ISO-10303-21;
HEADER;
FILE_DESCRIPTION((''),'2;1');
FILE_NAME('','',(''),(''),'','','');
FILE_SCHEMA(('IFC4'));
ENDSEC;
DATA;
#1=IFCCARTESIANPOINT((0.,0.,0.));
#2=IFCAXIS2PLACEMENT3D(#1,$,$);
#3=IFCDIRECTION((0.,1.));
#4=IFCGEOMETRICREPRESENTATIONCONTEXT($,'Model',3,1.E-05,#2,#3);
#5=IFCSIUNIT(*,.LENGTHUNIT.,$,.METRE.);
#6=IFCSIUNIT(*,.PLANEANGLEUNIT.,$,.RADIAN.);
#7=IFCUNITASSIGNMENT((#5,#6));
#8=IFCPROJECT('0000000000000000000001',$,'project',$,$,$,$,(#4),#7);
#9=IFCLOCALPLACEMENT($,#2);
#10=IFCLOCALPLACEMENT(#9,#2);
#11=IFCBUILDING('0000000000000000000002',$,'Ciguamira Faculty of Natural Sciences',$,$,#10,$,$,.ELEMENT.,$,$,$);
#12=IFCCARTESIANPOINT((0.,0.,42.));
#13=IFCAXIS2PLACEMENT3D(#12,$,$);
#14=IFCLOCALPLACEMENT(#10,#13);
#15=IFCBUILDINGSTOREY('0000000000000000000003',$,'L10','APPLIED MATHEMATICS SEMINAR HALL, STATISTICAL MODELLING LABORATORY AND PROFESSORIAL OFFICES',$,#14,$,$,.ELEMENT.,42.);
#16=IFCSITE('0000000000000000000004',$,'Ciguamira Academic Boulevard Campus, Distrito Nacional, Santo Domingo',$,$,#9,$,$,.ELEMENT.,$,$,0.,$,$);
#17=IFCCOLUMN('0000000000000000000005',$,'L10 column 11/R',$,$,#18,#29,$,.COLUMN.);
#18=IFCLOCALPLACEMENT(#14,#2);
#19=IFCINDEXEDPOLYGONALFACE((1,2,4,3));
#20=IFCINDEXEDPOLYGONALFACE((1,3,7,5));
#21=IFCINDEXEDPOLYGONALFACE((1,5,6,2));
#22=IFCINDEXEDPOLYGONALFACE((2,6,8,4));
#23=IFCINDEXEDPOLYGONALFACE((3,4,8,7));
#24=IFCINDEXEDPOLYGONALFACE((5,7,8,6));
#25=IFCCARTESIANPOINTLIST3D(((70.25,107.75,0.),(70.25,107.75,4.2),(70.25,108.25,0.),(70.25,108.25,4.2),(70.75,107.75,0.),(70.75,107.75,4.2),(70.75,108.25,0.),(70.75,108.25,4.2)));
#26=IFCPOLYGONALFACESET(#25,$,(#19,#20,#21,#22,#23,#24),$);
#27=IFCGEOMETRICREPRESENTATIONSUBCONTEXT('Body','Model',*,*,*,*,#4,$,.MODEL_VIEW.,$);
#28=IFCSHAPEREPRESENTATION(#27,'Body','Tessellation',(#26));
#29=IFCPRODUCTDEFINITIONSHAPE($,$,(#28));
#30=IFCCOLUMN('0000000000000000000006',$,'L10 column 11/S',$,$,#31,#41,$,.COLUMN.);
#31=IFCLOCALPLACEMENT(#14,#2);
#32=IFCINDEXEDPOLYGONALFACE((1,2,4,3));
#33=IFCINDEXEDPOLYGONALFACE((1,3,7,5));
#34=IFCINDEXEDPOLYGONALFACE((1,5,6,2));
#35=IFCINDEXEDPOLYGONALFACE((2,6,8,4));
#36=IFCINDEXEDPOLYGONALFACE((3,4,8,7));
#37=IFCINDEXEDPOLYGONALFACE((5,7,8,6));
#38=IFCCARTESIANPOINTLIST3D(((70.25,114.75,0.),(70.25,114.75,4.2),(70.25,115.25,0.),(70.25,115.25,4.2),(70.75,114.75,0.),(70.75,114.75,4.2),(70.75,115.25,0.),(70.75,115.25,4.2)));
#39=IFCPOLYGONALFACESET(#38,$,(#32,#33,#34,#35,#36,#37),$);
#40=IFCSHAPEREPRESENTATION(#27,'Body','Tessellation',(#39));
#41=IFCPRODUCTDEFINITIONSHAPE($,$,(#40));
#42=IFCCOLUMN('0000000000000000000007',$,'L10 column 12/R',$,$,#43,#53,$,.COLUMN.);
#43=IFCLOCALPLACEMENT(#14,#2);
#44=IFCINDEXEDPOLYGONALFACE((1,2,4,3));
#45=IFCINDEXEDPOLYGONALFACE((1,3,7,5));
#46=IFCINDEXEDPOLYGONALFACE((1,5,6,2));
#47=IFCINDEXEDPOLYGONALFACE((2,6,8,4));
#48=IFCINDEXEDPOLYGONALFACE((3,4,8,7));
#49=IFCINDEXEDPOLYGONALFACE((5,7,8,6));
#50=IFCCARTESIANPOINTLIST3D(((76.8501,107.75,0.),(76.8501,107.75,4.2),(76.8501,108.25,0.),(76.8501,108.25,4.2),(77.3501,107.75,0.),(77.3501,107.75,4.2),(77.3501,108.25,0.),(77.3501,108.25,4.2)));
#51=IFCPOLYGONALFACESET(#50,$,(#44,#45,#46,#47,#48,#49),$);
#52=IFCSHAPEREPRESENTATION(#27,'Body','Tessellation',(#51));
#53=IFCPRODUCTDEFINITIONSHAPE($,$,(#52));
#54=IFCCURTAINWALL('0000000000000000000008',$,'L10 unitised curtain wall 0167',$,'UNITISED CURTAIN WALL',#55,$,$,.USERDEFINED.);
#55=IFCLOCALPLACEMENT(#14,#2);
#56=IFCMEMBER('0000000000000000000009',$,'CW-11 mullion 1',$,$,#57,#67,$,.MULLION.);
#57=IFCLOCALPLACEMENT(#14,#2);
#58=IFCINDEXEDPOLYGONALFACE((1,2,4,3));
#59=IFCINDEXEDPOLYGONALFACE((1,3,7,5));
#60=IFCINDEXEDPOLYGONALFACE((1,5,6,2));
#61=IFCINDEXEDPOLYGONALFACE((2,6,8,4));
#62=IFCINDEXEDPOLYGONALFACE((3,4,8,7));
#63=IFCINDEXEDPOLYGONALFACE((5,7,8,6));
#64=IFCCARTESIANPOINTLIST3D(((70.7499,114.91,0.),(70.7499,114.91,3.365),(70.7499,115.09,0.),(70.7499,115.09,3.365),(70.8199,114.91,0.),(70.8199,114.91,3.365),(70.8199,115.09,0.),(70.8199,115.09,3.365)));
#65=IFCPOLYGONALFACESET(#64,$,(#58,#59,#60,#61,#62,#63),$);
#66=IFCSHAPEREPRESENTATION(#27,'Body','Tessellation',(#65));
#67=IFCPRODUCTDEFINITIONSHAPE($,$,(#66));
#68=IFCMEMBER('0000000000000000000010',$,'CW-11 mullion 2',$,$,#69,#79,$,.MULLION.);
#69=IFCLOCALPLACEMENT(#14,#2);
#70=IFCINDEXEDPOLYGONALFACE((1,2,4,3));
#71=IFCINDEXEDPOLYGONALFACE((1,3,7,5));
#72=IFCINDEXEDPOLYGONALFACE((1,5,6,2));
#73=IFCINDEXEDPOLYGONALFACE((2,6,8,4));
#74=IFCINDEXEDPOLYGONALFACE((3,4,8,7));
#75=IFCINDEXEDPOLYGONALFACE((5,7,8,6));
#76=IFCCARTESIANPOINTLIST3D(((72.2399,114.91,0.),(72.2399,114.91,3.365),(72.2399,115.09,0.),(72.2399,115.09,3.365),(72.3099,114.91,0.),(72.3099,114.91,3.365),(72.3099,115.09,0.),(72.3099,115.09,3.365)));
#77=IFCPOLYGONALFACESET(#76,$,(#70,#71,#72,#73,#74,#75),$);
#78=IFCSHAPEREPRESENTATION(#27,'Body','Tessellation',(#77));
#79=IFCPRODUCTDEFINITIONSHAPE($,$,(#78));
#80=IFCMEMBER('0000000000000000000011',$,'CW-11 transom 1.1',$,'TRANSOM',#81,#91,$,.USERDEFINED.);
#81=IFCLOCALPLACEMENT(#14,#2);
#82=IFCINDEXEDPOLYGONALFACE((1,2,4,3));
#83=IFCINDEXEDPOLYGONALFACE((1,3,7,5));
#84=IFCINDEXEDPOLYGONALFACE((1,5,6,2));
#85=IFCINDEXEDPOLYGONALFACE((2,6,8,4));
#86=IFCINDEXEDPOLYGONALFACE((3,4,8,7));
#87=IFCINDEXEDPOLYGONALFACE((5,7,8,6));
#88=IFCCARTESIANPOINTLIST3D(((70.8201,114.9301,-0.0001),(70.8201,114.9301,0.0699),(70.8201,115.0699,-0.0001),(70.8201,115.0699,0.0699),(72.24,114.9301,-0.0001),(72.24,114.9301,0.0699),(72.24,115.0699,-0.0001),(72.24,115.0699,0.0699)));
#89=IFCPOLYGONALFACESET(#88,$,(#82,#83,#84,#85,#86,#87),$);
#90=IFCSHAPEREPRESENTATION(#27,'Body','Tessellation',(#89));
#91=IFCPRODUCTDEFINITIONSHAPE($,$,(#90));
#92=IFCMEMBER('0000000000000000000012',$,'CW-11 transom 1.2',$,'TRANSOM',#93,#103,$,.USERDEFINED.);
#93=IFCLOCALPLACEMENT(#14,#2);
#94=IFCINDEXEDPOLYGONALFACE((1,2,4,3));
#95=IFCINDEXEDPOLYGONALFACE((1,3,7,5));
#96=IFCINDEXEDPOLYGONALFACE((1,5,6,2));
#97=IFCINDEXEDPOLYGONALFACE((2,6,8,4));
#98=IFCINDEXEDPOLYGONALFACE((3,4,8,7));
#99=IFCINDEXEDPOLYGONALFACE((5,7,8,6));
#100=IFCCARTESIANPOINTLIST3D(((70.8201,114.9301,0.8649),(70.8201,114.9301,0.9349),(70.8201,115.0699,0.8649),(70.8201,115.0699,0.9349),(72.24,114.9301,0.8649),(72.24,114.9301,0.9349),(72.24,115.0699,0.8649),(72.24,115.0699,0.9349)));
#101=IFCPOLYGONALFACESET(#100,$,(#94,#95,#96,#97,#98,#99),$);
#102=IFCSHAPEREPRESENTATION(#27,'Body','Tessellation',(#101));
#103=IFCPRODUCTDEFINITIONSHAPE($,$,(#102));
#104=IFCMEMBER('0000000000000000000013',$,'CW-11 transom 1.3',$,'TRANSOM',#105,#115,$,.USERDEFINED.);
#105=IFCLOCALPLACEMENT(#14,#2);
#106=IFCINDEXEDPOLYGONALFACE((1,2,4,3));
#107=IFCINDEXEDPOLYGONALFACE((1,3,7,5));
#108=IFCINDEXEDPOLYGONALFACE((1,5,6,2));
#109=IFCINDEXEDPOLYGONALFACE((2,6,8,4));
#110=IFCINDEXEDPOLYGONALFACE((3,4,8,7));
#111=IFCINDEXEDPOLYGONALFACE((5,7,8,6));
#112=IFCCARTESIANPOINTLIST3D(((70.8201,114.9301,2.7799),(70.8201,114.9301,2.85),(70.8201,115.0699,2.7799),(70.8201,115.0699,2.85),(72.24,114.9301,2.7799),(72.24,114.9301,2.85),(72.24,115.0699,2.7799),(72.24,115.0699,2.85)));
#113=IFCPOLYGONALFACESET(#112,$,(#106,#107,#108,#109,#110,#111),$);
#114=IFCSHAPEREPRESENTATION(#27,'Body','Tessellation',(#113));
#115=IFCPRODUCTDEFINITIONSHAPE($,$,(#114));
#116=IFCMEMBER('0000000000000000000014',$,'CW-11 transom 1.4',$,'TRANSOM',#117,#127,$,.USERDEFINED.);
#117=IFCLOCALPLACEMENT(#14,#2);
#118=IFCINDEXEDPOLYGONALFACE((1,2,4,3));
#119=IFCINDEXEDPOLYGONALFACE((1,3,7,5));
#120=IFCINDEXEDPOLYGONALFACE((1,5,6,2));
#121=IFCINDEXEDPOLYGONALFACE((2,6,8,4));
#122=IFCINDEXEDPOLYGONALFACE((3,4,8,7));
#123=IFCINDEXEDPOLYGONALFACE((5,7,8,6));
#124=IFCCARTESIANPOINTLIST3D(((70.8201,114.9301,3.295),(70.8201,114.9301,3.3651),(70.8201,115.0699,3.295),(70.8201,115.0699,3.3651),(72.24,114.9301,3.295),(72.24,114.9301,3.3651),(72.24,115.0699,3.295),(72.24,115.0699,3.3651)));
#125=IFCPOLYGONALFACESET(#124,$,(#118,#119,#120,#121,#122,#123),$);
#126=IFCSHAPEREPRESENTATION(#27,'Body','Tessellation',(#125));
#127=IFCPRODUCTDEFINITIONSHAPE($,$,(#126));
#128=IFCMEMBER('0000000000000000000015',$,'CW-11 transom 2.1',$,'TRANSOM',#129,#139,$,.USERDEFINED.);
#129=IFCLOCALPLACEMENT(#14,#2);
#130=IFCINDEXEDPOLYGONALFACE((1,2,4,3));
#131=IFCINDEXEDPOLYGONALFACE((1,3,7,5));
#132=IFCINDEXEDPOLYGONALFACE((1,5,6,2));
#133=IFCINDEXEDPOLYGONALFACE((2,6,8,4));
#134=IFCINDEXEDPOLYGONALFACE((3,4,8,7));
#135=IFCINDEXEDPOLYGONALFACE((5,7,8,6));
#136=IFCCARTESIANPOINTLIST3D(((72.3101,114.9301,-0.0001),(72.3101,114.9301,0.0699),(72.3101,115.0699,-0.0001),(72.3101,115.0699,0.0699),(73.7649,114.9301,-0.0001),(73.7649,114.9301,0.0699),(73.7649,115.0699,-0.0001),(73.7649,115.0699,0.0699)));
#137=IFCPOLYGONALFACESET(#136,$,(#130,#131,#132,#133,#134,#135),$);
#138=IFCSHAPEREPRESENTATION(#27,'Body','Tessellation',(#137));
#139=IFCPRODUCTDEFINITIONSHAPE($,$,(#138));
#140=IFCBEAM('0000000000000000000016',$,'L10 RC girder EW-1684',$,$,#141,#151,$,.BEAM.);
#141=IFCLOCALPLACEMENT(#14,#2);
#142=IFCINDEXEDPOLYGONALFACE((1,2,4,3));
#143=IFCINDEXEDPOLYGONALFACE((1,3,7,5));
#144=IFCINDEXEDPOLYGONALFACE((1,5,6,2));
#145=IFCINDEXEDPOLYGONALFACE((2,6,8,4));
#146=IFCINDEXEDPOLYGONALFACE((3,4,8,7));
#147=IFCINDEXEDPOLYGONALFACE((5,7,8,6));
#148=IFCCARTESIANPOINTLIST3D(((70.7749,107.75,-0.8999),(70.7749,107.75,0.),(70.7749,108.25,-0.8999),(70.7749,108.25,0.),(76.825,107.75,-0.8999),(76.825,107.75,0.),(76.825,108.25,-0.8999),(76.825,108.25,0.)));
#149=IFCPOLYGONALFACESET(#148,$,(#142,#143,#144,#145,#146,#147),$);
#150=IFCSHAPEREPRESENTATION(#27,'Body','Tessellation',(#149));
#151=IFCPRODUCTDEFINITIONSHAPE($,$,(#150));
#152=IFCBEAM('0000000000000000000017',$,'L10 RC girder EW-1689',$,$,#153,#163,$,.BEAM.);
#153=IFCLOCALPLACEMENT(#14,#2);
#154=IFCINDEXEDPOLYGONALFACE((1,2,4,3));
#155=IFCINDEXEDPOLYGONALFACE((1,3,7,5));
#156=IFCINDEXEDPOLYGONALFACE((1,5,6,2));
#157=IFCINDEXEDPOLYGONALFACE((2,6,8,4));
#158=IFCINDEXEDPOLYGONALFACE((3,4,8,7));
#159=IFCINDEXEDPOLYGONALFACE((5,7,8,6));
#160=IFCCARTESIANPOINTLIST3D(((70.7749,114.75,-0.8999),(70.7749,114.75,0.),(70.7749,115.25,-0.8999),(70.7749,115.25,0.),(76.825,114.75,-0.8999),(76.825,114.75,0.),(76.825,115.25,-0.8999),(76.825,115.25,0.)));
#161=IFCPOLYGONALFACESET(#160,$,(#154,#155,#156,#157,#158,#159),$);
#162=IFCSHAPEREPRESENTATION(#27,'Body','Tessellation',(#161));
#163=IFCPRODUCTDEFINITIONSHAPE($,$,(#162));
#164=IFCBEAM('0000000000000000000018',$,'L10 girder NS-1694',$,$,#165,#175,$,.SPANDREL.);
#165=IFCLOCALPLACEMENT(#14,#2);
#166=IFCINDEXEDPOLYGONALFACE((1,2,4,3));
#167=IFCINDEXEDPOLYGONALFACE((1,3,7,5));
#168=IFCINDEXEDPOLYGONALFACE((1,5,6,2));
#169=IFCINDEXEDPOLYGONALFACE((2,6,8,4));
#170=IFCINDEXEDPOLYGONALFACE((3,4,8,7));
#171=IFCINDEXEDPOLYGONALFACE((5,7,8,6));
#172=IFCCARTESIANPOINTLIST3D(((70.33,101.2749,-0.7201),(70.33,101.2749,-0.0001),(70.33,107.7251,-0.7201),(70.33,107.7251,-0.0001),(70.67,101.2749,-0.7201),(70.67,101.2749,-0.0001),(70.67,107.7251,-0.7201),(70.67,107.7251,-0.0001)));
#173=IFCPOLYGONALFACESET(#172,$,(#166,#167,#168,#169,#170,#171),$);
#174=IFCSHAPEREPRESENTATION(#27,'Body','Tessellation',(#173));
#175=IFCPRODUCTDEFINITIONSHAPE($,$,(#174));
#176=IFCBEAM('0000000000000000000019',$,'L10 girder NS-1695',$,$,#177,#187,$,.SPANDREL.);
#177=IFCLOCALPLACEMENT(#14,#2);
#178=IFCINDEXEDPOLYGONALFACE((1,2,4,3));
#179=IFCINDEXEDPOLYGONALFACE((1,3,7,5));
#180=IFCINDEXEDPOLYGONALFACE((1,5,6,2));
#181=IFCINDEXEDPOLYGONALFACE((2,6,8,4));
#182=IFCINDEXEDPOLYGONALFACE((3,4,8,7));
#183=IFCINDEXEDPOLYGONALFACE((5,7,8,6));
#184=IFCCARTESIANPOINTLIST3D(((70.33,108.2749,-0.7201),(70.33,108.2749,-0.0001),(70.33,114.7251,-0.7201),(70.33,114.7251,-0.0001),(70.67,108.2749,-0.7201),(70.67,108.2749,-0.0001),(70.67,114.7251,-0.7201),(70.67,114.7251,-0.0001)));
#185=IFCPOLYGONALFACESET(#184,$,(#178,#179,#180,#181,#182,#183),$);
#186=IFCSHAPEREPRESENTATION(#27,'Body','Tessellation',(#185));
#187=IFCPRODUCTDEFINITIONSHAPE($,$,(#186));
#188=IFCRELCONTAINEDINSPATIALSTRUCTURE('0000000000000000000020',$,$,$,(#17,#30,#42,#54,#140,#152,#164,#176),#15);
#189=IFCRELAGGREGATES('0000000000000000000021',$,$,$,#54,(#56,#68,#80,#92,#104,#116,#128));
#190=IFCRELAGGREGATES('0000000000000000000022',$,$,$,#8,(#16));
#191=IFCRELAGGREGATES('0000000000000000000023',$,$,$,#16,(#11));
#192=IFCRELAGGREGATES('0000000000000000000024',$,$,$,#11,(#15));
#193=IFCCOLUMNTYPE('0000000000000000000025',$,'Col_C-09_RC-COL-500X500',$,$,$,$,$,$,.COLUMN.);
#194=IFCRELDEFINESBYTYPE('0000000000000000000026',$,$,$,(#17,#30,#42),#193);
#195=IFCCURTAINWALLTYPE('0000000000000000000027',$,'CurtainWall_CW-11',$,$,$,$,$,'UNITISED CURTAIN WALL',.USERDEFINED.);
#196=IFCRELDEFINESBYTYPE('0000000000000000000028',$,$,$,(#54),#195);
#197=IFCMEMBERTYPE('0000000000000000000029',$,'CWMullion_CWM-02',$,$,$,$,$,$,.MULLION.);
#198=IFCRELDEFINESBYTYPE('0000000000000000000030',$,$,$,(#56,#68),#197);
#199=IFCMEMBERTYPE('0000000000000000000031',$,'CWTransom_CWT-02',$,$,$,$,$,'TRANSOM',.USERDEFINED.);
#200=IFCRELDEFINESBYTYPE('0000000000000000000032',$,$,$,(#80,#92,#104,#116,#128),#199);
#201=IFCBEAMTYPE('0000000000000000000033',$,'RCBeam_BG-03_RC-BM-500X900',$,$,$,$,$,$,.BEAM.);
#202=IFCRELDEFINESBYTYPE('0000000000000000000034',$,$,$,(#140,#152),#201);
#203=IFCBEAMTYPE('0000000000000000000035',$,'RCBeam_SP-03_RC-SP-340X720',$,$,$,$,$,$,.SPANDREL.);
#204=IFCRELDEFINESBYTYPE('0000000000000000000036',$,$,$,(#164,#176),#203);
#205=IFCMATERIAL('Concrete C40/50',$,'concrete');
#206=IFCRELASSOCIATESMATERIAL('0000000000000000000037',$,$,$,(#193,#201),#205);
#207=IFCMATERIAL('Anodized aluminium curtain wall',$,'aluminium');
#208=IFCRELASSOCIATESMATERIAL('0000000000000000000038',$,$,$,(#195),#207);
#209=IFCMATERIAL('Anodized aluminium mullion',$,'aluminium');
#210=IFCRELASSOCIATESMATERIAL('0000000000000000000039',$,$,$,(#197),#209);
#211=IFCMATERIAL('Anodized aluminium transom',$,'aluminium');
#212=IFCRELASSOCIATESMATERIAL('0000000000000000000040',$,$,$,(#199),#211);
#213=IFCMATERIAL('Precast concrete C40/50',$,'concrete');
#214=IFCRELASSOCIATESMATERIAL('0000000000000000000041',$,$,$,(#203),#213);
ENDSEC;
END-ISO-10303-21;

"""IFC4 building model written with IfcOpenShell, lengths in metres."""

from ifc_helpers import new_model, si_unit, direction, frame, origin, origin_2d, place, context, subcontext, project, spatial, rectangle, extrude, material, material_profile, profile_set, type_object, element, aggregate, save


model = new_model("IFC4")

# Units and contexts
model_context = context("Model", 3, precision=1e-05, world=origin(), true_north=direction((0.0, 1.0)))
body_context = subcontext(model_context, "Body", "Model", "MODEL_VIEW")
ifc_project = project(units=[si_unit("LENGTHUNIT", "METRE"), si_unit("PLANEANGLEUNIT", "RADIAN")], contexts=[model_context])

# Site, building, storey
site_placement = place(None, origin())
site = spatial("IfcSite", under=ifc_project, at=site_placement, Name="Ciguamira Academic Boulevard Campus, Distrito Nacional, Santo Domingo", CompositionType="ELEMENT", RefElevation=0.0)
building_placement = place(site_placement, origin())
building = spatial("IfcBuilding", under=site, at=building_placement, Name="Ciguamira Faculty of Natural Sciences", CompositionType="ELEMENT")
storey_placement = place(building_placement, frame((0.0, 0.0, 42.0)))
storey = spatial("IfcBuildingStorey", under=building, at=storey_placement, Name="L10", Description="APPLIED MATHEMATICS SEMINAR HALL, STATISTICAL MODELLING LABORATORY AND PROFESSORIAL OFFICES", CompositionType="ELEMENT", Elevation=42.0)

# Columns
ifc_material_1 = material(Name="Concrete C40/50", Category="concrete")
ifc_material_profile_1 = material_profile(ifc_material_1, rectangle(XDim=0.5, YDim=0.5, at=origin_2d()), Name="RC-COL-500X500")
ifc_profile_set_1 = profile_set([ifc_material_profile_1], Name="Concrete C40/50")
column_type = type_object("IfcColumnType", Name="Col_C-09_RC-COL-500X500", PredefinedType="COLUMN", material=ifc_profile_set_1)
for number, where, z_axis, x_axis, name in (
    (1, (70.5, 108.0, 0.0), (0.0, 0.0, 1.0), (1.0, 0.0, 0.0), "L10 column 11/R"),
    (2, (70.5, 115.0, 0.0), (0.0, 0.0, 1.0), (1.0, 0.0, 0.0), "L10 column 11/S"),
    (3, (77.1001, 108.0, 0.0), (0.0, 0.0, 1.0), (1.0, 0.0, 0.0), "L10 column 12/R"),
):
    element("IfcColumn", number, at=place(storey_placement, frame(where, z_axis=z_axis, x_axis=x_axis)), inside=storey, type_object=column_type, Name=name, PredefinedType="COLUMN", context=body_context, shape_type="SweptSolid", body=[
        extrude(rectangle(XDim=0.5, YDim=0.5, at=origin_2d()), origin(), (0.0, 0.0, 1.0), 4.2),
    ])

# Curtain wall, members
ifc_material_2 = material(Name="Anodized aluminium curtain wall", Category="aluminium")
curtain_wall_type = type_object("IfcCurtainWallType", Name="CurtainWall_CW-11", ElementType="UNITISED CURTAIN WALL", PredefinedType="USERDEFINED", material=ifc_material_2)
curtain_wall_placement = place(storey_placement, origin())
curtain_wall = element("IfcCurtainWall", 4, at=curtain_wall_placement, inside=storey, type_object=curtain_wall_type, Name="L10 unitised curtain wall 0167", ObjectType="UNITISED CURTAIN WALL", PredefinedType="USERDEFINED")
ifc_material_3 = material(Name="Anodized aluminium mullion", Category="aluminium")
ifc_material_profile_2 = material_profile(ifc_material_3, rectangle(XDim=0.0701, YDim=0.1799, at=origin_2d()), Name="ALU-MUL-70X180")
ifc_profile_set_2 = profile_set([ifc_material_profile_2], Name="Anodized aluminium mullion")
member_type_1 = type_object("IfcMemberType", Name="CWMullion_CWM-02", PredefinedType="MULLION", material=ifc_profile_set_2)
member_1_placement = place(storey_placement, frame((70.7849, 115.0, 0.0), z_axis=(0.0, 0.0, 1.0), x_axis=(1.0, 0.0, 0.0)))
member_1 = element("IfcMember", 5, at=member_1_placement, type_object=member_type_1, Name="CW-11 mullion 1", PredefinedType="MULLION", context=body_context, shape_type="SweptSolid", body=[
    extrude(rectangle(XDim=0.0701, YDim=0.1799, at=origin_2d()), origin(), (0.0, 0.0, 1.0), 3.365),
])
member_2_placement = place(storey_placement, frame((72.2749, 115.0, 0.0), z_axis=(0.0, 0.0, 1.0), x_axis=(1.0, 0.0, 0.0)))
member_2 = element("IfcMember", 6, at=member_2_placement, type_object=member_type_1, Name="CW-11 mullion 2", PredefinedType="MULLION", context=body_context, shape_type="SweptSolid", body=[
    extrude(rectangle(XDim=0.0701, YDim=0.1799, at=origin_2d()), origin(), (0.0, 0.0, 1.0), 3.365),
])
ifc_material_4 = material(Name="Anodized aluminium transom", Category="aluminium")
ifc_material_profile_3 = material_profile(ifc_material_4, rectangle(XDim=0.0701, YDim=0.1399, at=origin_2d()), Name="ALU-TRN-70X140")
ifc_profile_set_3 = profile_set([ifc_material_profile_3], Name="Anodized aluminium transom")
member_type_2 = type_object("IfcMemberType", Name="CWTransom_CWT-02", ElementType="TRANSOM", PredefinedType="USERDEFINED", material=ifc_profile_set_3)
member_3_placement = place(storey_placement, frame((70.8201, 115.0, 0.0349), z_axis=(1.0, 0.0, 0.0), x_axis=(0.0, 0.0, 1.0)))
member_3 = element("IfcMember", 7, at=member_3_placement, type_object=member_type_2, Name="CW-11 transom 1.1", ObjectType="TRANSOM", PredefinedType="USERDEFINED", context=body_context, shape_type="SweptSolid", body=[
    extrude(rectangle(XDim=0.0701, YDim=0.1399, at=origin_2d()), origin(), (0.0, 0.0, 1.0), 1.4199),
])
member_4_placement = place(storey_placement, frame((70.8201, 115.0, 0.8999), z_axis=(1.0, 0.0, 0.0), x_axis=(0.0, 0.0, 1.0)))
member_4 = element("IfcMember", 8, at=member_4_placement, type_object=member_type_2, Name="CW-11 transom 1.2", ObjectType="TRANSOM", PredefinedType="USERDEFINED", context=body_context, shape_type="SweptSolid", body=[
    extrude(rectangle(XDim=0.0701, YDim=0.1399, at=origin_2d()), origin(), (0.0, 0.0, 1.0), 1.4199),
])
member_5_placement = place(storey_placement, frame((70.8201, 115.0, 2.8149), z_axis=(1.0, 0.0, 0.0), x_axis=(0.0, 0.0, 1.0)))
member_5 = element("IfcMember", 9, at=member_5_placement, type_object=member_type_2, Name="CW-11 transom 1.3", ObjectType="TRANSOM", PredefinedType="USERDEFINED", context=body_context, shape_type="SweptSolid", body=[
    extrude(rectangle(XDim=0.0701, YDim=0.1399, at=origin_2d()), origin(), (0.0, 0.0, 1.0), 1.4199),
])
member_6_placement = place(storey_placement, frame((70.8201, 115.0, 3.3301), z_axis=(1.0, 0.0, 0.0), x_axis=(0.0, 0.0, 1.0)))
member_6 = element("IfcMember", 10, at=member_6_placement, type_object=member_type_2, Name="CW-11 transom 1.4", ObjectType="TRANSOM", PredefinedType="USERDEFINED", context=body_context, shape_type="SweptSolid", body=[
    extrude(rectangle(XDim=0.0701, YDim=0.1399, at=origin_2d()), origin(), (0.0, 0.0, 1.0), 1.4199),
])
member_7_placement = place(storey_placement, frame((72.3101, 115.0, 0.0349), z_axis=(1.0, 0.0, 0.0), x_axis=(0.0, 0.0, 1.0)))
member_7 = element("IfcMember", 11, at=member_7_placement, type_object=member_type_2, Name="CW-11 transom 2.1", ObjectType="TRANSOM", PredefinedType="USERDEFINED", context=body_context, shape_type="SweptSolid", body=[
    extrude(rectangle(XDim=0.0701, YDim=0.1399, at=origin_2d()), origin(), (0.0, 0.0, 1.0), 1.4548),
])

# Beams
ifc_material_profile_4 = material_profile(ifc_material_1, rectangle(XDim=0.5, YDim=0.8999, at=origin_2d()), Name="RC-BM-500X900")
ifc_profile_set_4 = profile_set([ifc_material_profile_4], Name="Concrete C40/50")
beam_type_1 = type_object("IfcBeamType", Name="RCBeam_BG-03_RC-BM-500X900", PredefinedType="BEAM", material=ifc_profile_set_4)
for number, where, z_axis, x_axis, name in (
    (12, (70.7749, 108.0, -0.45), (1.0, 0.0, 0.0), (0.0, 1.0, 0.0), "L10 RC girder EW-1684"),
    (13, (70.7749, 115.0, -0.45), (1.0, 0.0, 0.0), (0.0, 1.0, 0.0), "L10 RC girder EW-1689"),
):
    element("IfcBeam", number, at=place(storey_placement, frame(where, z_axis=z_axis, x_axis=x_axis)), inside=storey, type_object=beam_type_1, Name=name, PredefinedType="BEAM", context=body_context, shape_type="SweptSolid", body=[
        extrude(rectangle(XDim=0.5, YDim=0.8999, at=origin_2d()), origin(), (0.0, 0.0, 1.0), 6.05),
    ])
ifc_material_5 = material(Name="Precast concrete C40/50", Category="concrete")
ifc_material_profile_5 = material_profile(ifc_material_5, rectangle(XDim=0.3401, YDim=0.72, at=origin_2d()), Name="RC-SP-340X720")
ifc_profile_set_5 = profile_set([ifc_material_profile_5], Name="Precast concrete C40/50")
beam_type_2 = type_object("IfcBeamType", Name="RCBeam_SP-03_RC-SP-340X720", PredefinedType="SPANDREL", material=ifc_profile_set_5)
for number, where, z_axis, x_axis, name in (
    (14, (70.5, 101.2749, -0.3601), (0.0, 1.0, 0.0), (-1.0, 0.0, 0.0), "L10 girder NS-1694"),
    (15, (70.5, 108.2749, -0.3601), (0.0, 1.0, 0.0), (-1.0, 0.0, 0.0), "L10 girder NS-1695"),
):
    element("IfcBeam", number, at=place(storey_placement, frame(where, z_axis=z_axis, x_axis=x_axis)), inside=storey, type_object=beam_type_2, Name=name, PredefinedType="SPANDREL", context=body_context, shape_type="SweptSolid", body=[
        extrude(rectangle(XDim=0.3401, YDim=0.72, at=origin_2d()), origin(), (0.0, 0.0, 1.0), 6.4502),
    ])

aggregate(curtain_wall, [member_1, member_2, member_3, member_4, member_5, member_6, member_7])

save(model, "model.ifc")
